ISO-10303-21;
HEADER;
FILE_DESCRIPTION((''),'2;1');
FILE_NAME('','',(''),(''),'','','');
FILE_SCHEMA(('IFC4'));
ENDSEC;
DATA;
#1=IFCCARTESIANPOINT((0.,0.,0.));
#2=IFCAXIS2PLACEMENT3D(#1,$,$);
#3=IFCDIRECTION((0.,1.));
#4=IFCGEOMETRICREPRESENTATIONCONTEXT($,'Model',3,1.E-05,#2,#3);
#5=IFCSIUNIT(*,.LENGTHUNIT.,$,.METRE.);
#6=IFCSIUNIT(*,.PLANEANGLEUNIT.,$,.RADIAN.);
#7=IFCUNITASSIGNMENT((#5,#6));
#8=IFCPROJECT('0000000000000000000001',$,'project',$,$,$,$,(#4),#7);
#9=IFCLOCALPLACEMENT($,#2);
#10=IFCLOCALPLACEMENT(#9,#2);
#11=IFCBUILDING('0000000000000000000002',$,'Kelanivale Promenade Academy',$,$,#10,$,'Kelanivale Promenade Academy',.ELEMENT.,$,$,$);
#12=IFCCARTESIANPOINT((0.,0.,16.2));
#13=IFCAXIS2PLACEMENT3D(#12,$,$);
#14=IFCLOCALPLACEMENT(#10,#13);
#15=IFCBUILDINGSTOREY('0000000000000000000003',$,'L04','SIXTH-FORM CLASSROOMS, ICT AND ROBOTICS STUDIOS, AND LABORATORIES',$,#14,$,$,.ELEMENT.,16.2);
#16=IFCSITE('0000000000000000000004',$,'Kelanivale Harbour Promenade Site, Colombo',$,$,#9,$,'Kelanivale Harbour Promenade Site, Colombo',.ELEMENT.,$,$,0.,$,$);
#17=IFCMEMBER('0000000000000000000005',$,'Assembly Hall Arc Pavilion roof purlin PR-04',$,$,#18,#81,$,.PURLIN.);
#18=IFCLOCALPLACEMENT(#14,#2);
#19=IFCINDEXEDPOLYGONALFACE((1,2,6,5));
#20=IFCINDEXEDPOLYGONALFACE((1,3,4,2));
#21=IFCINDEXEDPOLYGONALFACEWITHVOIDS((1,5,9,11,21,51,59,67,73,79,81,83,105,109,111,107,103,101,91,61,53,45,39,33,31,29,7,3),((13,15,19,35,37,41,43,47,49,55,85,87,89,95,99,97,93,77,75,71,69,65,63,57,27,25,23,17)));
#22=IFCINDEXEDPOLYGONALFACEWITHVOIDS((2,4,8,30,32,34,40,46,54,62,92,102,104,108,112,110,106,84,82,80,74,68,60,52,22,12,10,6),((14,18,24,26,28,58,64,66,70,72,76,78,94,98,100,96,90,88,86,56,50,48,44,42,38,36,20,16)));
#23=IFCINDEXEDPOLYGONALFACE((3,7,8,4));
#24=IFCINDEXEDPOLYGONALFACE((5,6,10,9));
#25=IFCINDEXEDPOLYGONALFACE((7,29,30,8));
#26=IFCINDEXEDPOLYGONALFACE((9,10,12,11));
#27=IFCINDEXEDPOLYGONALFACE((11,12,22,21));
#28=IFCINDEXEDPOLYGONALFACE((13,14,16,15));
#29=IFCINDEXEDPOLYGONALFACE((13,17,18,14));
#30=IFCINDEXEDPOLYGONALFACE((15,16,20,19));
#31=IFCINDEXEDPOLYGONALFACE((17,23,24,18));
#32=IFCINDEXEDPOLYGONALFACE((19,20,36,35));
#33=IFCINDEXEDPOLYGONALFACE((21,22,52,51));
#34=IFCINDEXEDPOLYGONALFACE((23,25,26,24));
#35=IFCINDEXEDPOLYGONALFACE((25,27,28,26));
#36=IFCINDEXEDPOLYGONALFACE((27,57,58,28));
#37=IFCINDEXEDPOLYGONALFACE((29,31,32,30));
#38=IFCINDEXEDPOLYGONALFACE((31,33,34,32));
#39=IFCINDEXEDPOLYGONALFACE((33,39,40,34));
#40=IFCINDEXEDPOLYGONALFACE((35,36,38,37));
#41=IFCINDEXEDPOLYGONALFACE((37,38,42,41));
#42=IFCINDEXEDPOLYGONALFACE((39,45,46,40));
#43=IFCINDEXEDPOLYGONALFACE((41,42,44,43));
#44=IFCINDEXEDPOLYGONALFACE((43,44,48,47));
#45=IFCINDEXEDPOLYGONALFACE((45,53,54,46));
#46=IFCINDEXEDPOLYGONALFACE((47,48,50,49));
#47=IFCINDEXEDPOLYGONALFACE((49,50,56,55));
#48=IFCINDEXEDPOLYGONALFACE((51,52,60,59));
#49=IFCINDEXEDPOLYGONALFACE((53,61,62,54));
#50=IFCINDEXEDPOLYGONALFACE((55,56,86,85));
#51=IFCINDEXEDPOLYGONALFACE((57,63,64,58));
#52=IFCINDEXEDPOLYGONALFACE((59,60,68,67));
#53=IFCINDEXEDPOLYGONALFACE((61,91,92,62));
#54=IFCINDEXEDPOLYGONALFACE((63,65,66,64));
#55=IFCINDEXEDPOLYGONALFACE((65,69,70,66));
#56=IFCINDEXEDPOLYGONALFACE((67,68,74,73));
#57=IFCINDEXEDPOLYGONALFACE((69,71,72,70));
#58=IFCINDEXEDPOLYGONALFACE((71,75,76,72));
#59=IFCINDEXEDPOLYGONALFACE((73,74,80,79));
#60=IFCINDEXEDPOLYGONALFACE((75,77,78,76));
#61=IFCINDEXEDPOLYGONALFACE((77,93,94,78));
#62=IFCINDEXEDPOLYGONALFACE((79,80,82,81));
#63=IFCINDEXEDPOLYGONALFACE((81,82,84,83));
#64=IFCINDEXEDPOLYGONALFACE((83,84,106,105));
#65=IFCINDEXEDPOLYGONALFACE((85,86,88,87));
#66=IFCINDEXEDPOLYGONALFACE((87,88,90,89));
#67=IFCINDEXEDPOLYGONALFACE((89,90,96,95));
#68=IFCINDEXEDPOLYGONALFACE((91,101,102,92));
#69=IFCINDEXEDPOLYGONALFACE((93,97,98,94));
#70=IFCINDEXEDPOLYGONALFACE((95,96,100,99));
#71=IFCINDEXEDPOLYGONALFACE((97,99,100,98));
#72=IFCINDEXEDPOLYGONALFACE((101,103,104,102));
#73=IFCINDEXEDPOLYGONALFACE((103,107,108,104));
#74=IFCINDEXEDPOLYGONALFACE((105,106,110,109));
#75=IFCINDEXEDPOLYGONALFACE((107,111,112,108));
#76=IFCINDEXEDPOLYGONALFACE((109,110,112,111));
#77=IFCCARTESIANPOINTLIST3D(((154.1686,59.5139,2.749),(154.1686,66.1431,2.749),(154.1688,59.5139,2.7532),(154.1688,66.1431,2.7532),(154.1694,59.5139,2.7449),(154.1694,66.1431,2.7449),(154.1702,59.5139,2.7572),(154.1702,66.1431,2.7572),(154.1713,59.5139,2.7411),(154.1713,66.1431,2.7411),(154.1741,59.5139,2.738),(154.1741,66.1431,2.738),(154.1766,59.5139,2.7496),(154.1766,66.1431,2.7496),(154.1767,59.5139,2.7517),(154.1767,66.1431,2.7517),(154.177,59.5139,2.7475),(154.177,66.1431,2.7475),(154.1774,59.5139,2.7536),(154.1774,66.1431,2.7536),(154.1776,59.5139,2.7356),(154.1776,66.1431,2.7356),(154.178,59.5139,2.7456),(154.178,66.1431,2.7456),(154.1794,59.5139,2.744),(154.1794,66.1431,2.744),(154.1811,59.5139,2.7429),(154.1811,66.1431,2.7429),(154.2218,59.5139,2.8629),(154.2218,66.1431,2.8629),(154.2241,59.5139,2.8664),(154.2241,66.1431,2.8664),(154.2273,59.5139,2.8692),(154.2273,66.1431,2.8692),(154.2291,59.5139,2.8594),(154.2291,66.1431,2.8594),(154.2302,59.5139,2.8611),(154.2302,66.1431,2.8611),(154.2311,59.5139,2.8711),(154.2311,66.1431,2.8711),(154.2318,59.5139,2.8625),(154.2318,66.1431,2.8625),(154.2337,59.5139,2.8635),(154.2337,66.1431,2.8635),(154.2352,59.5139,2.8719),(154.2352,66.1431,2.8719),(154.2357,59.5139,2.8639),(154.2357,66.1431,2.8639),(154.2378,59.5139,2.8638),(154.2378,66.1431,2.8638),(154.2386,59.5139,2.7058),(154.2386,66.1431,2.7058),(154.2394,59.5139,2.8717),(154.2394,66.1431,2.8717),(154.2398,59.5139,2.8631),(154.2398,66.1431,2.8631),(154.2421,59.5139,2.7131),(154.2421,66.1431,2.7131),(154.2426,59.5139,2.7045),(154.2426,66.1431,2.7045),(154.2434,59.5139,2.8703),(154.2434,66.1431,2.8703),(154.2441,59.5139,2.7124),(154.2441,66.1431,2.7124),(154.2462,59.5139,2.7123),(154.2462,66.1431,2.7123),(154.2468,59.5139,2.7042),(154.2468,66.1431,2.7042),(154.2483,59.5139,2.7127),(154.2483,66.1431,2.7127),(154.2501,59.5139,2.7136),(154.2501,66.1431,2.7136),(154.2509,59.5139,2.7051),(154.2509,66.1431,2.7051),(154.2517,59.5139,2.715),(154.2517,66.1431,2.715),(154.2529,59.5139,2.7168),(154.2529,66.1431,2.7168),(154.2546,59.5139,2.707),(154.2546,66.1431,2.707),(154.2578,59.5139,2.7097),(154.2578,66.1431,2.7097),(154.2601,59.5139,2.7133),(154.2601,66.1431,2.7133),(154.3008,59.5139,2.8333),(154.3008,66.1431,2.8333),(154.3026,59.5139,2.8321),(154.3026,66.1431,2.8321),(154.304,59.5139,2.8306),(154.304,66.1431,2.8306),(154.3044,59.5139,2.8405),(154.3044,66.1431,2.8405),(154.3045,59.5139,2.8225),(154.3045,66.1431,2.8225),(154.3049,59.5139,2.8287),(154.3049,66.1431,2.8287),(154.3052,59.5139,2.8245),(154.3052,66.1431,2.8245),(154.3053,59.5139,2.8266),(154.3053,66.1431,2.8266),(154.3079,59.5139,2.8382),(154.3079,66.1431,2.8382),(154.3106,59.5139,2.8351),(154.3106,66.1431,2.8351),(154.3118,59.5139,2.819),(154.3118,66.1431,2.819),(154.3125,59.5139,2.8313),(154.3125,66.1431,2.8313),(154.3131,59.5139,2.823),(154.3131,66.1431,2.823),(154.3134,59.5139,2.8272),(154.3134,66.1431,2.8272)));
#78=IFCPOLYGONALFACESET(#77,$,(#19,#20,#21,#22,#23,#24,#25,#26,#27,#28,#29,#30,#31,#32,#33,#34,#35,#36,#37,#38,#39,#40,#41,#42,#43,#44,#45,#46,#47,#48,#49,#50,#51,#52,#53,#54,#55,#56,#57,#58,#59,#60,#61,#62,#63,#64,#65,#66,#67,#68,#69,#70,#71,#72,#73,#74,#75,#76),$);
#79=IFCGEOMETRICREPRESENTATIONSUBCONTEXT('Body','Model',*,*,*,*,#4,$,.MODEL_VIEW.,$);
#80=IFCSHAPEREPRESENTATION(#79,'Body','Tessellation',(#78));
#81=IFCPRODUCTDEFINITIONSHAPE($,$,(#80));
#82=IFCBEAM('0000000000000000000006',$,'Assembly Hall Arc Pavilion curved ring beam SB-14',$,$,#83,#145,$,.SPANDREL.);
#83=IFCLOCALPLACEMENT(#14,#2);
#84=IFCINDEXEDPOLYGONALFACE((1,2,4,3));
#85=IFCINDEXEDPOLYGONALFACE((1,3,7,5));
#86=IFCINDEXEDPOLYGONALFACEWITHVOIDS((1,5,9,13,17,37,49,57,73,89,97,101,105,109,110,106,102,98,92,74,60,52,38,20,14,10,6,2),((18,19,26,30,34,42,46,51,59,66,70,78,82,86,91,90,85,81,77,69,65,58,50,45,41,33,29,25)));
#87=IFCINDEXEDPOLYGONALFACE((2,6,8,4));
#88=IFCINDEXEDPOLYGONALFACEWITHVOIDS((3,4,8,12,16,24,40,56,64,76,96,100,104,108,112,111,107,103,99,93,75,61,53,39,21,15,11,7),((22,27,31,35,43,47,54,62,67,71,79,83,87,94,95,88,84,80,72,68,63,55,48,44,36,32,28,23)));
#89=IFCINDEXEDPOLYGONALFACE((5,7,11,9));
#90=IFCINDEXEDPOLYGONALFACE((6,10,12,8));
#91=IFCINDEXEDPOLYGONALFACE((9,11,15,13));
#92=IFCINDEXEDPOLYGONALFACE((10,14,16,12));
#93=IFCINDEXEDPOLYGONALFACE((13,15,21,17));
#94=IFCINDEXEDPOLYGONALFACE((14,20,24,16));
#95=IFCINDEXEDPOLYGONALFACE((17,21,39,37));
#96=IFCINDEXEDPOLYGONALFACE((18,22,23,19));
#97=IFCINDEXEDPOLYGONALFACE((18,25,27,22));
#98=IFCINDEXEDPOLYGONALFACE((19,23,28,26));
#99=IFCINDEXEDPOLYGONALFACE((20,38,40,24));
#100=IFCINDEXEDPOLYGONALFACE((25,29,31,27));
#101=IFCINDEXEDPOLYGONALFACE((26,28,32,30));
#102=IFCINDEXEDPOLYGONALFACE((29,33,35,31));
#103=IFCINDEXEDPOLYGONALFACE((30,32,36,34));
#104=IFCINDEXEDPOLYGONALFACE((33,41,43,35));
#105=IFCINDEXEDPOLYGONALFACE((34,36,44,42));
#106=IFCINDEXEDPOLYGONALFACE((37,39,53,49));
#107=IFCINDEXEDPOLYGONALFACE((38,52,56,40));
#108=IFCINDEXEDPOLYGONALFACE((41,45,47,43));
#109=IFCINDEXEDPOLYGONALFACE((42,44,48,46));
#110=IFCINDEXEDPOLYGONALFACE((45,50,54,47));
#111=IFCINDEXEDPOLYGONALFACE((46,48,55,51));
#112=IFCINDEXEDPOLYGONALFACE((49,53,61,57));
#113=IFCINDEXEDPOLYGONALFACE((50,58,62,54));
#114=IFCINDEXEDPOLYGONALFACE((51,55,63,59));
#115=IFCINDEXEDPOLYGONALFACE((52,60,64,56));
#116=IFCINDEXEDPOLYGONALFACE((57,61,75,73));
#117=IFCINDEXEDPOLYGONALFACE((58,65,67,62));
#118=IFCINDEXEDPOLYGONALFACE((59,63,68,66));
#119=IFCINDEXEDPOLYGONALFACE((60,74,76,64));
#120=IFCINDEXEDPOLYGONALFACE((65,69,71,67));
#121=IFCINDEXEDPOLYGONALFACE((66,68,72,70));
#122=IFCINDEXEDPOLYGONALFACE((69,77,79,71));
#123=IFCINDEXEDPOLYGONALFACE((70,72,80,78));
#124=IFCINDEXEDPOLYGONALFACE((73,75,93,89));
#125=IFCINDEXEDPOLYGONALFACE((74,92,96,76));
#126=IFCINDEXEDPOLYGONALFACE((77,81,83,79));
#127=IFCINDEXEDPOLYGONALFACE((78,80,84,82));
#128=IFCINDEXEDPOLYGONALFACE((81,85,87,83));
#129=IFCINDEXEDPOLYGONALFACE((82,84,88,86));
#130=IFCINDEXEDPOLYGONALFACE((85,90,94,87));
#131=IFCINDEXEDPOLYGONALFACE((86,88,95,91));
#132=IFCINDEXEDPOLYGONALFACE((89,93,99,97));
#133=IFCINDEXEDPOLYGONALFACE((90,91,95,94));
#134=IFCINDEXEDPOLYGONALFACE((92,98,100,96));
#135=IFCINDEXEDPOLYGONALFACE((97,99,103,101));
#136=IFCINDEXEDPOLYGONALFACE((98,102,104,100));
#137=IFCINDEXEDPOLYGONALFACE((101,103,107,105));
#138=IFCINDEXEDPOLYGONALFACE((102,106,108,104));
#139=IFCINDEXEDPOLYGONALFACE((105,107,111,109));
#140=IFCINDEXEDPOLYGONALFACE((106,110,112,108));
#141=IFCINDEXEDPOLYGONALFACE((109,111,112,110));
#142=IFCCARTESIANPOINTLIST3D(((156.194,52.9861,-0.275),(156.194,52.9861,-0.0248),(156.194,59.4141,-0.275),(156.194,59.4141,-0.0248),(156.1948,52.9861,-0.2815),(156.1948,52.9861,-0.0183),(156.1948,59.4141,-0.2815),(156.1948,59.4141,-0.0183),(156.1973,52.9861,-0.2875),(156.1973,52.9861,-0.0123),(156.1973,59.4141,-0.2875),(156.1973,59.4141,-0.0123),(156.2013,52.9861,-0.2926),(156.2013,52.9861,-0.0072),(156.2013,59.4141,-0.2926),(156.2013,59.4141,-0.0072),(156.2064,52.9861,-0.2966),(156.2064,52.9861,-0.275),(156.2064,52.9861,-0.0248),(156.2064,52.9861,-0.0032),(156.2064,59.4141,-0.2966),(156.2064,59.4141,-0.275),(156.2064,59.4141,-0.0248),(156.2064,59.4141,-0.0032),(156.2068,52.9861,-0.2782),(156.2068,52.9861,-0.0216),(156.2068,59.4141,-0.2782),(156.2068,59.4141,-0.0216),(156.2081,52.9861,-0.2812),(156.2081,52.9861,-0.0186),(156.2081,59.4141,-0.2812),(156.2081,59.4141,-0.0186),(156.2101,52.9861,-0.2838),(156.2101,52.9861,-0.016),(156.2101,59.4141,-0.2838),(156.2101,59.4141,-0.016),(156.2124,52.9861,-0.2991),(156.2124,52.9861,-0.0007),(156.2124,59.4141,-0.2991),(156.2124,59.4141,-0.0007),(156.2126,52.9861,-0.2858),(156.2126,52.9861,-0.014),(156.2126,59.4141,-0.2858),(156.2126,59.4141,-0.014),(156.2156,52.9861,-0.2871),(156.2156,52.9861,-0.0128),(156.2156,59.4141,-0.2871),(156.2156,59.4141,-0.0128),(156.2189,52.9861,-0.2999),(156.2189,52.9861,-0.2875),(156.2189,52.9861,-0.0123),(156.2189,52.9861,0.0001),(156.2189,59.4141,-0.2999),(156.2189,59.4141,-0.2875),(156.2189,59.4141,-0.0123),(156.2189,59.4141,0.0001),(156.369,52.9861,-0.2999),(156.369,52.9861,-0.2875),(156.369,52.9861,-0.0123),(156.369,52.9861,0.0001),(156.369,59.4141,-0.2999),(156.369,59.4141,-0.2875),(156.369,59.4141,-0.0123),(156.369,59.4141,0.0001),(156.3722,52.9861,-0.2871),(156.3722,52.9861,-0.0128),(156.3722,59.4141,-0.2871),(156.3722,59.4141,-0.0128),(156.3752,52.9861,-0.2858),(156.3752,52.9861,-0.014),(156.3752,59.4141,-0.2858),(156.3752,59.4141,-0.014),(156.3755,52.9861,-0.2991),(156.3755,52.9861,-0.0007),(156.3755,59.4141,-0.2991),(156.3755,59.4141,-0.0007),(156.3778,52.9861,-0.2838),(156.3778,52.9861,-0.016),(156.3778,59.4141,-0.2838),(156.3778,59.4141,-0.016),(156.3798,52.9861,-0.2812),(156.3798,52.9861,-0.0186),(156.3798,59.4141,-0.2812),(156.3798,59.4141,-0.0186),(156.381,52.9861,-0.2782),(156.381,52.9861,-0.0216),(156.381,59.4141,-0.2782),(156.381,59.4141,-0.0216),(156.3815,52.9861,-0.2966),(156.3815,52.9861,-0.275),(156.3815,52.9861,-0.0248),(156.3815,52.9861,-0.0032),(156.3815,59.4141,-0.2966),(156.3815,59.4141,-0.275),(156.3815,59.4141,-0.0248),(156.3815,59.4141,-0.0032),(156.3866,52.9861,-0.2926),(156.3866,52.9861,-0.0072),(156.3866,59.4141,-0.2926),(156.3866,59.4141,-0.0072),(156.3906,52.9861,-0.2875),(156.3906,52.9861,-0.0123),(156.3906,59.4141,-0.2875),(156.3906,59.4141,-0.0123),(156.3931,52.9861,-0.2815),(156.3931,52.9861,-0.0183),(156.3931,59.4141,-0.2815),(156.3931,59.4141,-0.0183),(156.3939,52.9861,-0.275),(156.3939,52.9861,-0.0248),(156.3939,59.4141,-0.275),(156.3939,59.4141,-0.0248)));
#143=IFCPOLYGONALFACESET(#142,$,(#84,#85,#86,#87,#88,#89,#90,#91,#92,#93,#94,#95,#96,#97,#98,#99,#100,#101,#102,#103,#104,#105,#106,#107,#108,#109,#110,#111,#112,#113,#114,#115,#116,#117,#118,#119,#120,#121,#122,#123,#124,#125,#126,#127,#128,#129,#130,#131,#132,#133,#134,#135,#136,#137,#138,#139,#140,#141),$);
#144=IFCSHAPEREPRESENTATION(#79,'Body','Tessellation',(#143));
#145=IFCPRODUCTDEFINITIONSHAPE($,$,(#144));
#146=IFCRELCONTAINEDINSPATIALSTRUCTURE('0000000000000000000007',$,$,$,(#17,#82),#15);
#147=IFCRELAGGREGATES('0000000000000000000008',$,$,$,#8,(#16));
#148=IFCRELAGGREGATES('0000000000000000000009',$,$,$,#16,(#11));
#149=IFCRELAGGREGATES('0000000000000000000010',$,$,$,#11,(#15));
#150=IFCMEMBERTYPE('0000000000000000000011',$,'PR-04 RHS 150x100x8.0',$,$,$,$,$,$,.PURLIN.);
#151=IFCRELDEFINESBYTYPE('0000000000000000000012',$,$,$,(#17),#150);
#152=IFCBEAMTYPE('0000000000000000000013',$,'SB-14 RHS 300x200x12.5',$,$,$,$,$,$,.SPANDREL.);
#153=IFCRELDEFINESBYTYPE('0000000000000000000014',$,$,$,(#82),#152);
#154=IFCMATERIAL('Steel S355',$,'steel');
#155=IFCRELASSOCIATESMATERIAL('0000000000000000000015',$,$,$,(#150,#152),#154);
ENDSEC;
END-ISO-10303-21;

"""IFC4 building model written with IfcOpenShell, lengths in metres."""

from ifc_helpers import new_model, si_unit, direction, frame, origin, origin_2d, place, context, subcontext, project, spatial, hollow_rectangle, extrude, material, material_profile, profile_set, type_object, element, save


model = new_model("IFC4")

# Units and contexts
model_context = context("Model", 3, precision=1e-05, world=origin(), true_north=direction((0.0, 1.0)))
body_context = subcontext(model_context, "Body", "Model", "MODEL_VIEW")
ifc_project = project(units=[si_unit("LENGTHUNIT", "METRE"), si_unit("PLANEANGLEUNIT", "RADIAN")], contexts=[model_context])

# Site, building, storey
site_placement = place(None, origin())
site = spatial("IfcSite", under=ifc_project, at=site_placement, Name="Kelanivale Harbour Promenade Site, Colombo", LongName="Kelanivale Harbour Promenade Site, Colombo", CompositionType="ELEMENT", RefElevation=0.0)
building_placement = place(site_placement, origin())
building = spatial("IfcBuilding", under=site, at=building_placement, Name="Kelanivale Promenade Academy", LongName="Kelanivale Promenade Academy", CompositionType="ELEMENT")
storey_placement = place(building_placement, frame((0.0, 0.0, 16.2)))
storey = spatial("IfcBuildingStorey", under=building, at=storey_placement, Name="L04", Description="SIXTH-FORM CLASSROOMS, ICT AND ROBOTICS STUDIOS, AND LABORATORIES", CompositionType="ELEMENT", Elevation=16.2)

# Shared definitions
ifc_material_1 = material(Name="Steel S355", Category="steel")

# Member
ifc_material_profile_1 = material_profile(ifc_material_1, hollow_rectangle(XDim=0.1001, YDim=0.1499, WallThickness=0.0081, InnerFilletRadius=0.0081, OuterFilletRadius=0.0161, at=origin_2d()), Name="RHS 150x100x8.0")
ifc_profile_set_1 = profile_set([ifc_material_profile_1], Name="Steel S355")
member_type_1 = type_object("IfcMemberType", Name="PR-04 RHS 150x100x8.0", PredefinedType="PURLIN", material=ifc_profile_set_1)
member_1_placement = place(storey_placement, frame((154.241, 59.5139, 2.7881), z_axis=(0.0, 1.0, 0.0), x_axis=(-0.898564, 0.0, 0.438842)))
element("IfcMember", 1, at=member_1_placement, inside=storey, type_object=member_type_1, Name="Assembly Hall Arc Pavilion roof purlin PR-04", PredefinedType="PURLIN", context=body_context, shape_type="SweptSolid", body=[
    extrude(hollow_rectangle(XDim=0.1001, YDim=0.1499, WallThickness=0.0081, InnerFilletRadius=0.0081, OuterFilletRadius=0.0161, at=origin_2d()), origin(), (0.0, 0.0, 1.0), 6.6292),
])

# Beam
ifc_material_profile_2 = material_profile(ifc_material_1, hollow_rectangle(XDim=0.2, YDim=0.3, WallThickness=0.0125, InnerFilletRadius=0.0125, OuterFilletRadius=0.0249, at=origin_2d()), Name="RHS 300x200x12.5")
ifc_profile_set_2 = profile_set([ifc_material_profile_2], Name="Steel S355")
beam_type = type_object("IfcBeamType", Name="SB-14 RHS 300x200x12.5", PredefinedType="SPANDREL", material=ifc_profile_set_2)
beam_1_placement = place(storey_placement, frame((156.2939, 52.9861, -0.1499), z_axis=(0.0, 1.0, 0.0), x_axis=(-1.0, 0.0, 0.0)))
element("IfcBeam", 2, at=beam_1_placement, inside=storey, type_object=beam_type, Name="Assembly Hall Arc Pavilion curved ring beam SB-14", PredefinedType="SPANDREL", context=body_context, shape_type="SweptSolid", body=[
    extrude(hollow_rectangle(XDim=0.2, YDim=0.3, WallThickness=0.0125, InnerFilletRadius=0.0125, OuterFilletRadius=0.0249, at=origin_2d()), origin(), (0.0, 0.0, 1.0), 6.428),
])

save(model, "model.ifc")
